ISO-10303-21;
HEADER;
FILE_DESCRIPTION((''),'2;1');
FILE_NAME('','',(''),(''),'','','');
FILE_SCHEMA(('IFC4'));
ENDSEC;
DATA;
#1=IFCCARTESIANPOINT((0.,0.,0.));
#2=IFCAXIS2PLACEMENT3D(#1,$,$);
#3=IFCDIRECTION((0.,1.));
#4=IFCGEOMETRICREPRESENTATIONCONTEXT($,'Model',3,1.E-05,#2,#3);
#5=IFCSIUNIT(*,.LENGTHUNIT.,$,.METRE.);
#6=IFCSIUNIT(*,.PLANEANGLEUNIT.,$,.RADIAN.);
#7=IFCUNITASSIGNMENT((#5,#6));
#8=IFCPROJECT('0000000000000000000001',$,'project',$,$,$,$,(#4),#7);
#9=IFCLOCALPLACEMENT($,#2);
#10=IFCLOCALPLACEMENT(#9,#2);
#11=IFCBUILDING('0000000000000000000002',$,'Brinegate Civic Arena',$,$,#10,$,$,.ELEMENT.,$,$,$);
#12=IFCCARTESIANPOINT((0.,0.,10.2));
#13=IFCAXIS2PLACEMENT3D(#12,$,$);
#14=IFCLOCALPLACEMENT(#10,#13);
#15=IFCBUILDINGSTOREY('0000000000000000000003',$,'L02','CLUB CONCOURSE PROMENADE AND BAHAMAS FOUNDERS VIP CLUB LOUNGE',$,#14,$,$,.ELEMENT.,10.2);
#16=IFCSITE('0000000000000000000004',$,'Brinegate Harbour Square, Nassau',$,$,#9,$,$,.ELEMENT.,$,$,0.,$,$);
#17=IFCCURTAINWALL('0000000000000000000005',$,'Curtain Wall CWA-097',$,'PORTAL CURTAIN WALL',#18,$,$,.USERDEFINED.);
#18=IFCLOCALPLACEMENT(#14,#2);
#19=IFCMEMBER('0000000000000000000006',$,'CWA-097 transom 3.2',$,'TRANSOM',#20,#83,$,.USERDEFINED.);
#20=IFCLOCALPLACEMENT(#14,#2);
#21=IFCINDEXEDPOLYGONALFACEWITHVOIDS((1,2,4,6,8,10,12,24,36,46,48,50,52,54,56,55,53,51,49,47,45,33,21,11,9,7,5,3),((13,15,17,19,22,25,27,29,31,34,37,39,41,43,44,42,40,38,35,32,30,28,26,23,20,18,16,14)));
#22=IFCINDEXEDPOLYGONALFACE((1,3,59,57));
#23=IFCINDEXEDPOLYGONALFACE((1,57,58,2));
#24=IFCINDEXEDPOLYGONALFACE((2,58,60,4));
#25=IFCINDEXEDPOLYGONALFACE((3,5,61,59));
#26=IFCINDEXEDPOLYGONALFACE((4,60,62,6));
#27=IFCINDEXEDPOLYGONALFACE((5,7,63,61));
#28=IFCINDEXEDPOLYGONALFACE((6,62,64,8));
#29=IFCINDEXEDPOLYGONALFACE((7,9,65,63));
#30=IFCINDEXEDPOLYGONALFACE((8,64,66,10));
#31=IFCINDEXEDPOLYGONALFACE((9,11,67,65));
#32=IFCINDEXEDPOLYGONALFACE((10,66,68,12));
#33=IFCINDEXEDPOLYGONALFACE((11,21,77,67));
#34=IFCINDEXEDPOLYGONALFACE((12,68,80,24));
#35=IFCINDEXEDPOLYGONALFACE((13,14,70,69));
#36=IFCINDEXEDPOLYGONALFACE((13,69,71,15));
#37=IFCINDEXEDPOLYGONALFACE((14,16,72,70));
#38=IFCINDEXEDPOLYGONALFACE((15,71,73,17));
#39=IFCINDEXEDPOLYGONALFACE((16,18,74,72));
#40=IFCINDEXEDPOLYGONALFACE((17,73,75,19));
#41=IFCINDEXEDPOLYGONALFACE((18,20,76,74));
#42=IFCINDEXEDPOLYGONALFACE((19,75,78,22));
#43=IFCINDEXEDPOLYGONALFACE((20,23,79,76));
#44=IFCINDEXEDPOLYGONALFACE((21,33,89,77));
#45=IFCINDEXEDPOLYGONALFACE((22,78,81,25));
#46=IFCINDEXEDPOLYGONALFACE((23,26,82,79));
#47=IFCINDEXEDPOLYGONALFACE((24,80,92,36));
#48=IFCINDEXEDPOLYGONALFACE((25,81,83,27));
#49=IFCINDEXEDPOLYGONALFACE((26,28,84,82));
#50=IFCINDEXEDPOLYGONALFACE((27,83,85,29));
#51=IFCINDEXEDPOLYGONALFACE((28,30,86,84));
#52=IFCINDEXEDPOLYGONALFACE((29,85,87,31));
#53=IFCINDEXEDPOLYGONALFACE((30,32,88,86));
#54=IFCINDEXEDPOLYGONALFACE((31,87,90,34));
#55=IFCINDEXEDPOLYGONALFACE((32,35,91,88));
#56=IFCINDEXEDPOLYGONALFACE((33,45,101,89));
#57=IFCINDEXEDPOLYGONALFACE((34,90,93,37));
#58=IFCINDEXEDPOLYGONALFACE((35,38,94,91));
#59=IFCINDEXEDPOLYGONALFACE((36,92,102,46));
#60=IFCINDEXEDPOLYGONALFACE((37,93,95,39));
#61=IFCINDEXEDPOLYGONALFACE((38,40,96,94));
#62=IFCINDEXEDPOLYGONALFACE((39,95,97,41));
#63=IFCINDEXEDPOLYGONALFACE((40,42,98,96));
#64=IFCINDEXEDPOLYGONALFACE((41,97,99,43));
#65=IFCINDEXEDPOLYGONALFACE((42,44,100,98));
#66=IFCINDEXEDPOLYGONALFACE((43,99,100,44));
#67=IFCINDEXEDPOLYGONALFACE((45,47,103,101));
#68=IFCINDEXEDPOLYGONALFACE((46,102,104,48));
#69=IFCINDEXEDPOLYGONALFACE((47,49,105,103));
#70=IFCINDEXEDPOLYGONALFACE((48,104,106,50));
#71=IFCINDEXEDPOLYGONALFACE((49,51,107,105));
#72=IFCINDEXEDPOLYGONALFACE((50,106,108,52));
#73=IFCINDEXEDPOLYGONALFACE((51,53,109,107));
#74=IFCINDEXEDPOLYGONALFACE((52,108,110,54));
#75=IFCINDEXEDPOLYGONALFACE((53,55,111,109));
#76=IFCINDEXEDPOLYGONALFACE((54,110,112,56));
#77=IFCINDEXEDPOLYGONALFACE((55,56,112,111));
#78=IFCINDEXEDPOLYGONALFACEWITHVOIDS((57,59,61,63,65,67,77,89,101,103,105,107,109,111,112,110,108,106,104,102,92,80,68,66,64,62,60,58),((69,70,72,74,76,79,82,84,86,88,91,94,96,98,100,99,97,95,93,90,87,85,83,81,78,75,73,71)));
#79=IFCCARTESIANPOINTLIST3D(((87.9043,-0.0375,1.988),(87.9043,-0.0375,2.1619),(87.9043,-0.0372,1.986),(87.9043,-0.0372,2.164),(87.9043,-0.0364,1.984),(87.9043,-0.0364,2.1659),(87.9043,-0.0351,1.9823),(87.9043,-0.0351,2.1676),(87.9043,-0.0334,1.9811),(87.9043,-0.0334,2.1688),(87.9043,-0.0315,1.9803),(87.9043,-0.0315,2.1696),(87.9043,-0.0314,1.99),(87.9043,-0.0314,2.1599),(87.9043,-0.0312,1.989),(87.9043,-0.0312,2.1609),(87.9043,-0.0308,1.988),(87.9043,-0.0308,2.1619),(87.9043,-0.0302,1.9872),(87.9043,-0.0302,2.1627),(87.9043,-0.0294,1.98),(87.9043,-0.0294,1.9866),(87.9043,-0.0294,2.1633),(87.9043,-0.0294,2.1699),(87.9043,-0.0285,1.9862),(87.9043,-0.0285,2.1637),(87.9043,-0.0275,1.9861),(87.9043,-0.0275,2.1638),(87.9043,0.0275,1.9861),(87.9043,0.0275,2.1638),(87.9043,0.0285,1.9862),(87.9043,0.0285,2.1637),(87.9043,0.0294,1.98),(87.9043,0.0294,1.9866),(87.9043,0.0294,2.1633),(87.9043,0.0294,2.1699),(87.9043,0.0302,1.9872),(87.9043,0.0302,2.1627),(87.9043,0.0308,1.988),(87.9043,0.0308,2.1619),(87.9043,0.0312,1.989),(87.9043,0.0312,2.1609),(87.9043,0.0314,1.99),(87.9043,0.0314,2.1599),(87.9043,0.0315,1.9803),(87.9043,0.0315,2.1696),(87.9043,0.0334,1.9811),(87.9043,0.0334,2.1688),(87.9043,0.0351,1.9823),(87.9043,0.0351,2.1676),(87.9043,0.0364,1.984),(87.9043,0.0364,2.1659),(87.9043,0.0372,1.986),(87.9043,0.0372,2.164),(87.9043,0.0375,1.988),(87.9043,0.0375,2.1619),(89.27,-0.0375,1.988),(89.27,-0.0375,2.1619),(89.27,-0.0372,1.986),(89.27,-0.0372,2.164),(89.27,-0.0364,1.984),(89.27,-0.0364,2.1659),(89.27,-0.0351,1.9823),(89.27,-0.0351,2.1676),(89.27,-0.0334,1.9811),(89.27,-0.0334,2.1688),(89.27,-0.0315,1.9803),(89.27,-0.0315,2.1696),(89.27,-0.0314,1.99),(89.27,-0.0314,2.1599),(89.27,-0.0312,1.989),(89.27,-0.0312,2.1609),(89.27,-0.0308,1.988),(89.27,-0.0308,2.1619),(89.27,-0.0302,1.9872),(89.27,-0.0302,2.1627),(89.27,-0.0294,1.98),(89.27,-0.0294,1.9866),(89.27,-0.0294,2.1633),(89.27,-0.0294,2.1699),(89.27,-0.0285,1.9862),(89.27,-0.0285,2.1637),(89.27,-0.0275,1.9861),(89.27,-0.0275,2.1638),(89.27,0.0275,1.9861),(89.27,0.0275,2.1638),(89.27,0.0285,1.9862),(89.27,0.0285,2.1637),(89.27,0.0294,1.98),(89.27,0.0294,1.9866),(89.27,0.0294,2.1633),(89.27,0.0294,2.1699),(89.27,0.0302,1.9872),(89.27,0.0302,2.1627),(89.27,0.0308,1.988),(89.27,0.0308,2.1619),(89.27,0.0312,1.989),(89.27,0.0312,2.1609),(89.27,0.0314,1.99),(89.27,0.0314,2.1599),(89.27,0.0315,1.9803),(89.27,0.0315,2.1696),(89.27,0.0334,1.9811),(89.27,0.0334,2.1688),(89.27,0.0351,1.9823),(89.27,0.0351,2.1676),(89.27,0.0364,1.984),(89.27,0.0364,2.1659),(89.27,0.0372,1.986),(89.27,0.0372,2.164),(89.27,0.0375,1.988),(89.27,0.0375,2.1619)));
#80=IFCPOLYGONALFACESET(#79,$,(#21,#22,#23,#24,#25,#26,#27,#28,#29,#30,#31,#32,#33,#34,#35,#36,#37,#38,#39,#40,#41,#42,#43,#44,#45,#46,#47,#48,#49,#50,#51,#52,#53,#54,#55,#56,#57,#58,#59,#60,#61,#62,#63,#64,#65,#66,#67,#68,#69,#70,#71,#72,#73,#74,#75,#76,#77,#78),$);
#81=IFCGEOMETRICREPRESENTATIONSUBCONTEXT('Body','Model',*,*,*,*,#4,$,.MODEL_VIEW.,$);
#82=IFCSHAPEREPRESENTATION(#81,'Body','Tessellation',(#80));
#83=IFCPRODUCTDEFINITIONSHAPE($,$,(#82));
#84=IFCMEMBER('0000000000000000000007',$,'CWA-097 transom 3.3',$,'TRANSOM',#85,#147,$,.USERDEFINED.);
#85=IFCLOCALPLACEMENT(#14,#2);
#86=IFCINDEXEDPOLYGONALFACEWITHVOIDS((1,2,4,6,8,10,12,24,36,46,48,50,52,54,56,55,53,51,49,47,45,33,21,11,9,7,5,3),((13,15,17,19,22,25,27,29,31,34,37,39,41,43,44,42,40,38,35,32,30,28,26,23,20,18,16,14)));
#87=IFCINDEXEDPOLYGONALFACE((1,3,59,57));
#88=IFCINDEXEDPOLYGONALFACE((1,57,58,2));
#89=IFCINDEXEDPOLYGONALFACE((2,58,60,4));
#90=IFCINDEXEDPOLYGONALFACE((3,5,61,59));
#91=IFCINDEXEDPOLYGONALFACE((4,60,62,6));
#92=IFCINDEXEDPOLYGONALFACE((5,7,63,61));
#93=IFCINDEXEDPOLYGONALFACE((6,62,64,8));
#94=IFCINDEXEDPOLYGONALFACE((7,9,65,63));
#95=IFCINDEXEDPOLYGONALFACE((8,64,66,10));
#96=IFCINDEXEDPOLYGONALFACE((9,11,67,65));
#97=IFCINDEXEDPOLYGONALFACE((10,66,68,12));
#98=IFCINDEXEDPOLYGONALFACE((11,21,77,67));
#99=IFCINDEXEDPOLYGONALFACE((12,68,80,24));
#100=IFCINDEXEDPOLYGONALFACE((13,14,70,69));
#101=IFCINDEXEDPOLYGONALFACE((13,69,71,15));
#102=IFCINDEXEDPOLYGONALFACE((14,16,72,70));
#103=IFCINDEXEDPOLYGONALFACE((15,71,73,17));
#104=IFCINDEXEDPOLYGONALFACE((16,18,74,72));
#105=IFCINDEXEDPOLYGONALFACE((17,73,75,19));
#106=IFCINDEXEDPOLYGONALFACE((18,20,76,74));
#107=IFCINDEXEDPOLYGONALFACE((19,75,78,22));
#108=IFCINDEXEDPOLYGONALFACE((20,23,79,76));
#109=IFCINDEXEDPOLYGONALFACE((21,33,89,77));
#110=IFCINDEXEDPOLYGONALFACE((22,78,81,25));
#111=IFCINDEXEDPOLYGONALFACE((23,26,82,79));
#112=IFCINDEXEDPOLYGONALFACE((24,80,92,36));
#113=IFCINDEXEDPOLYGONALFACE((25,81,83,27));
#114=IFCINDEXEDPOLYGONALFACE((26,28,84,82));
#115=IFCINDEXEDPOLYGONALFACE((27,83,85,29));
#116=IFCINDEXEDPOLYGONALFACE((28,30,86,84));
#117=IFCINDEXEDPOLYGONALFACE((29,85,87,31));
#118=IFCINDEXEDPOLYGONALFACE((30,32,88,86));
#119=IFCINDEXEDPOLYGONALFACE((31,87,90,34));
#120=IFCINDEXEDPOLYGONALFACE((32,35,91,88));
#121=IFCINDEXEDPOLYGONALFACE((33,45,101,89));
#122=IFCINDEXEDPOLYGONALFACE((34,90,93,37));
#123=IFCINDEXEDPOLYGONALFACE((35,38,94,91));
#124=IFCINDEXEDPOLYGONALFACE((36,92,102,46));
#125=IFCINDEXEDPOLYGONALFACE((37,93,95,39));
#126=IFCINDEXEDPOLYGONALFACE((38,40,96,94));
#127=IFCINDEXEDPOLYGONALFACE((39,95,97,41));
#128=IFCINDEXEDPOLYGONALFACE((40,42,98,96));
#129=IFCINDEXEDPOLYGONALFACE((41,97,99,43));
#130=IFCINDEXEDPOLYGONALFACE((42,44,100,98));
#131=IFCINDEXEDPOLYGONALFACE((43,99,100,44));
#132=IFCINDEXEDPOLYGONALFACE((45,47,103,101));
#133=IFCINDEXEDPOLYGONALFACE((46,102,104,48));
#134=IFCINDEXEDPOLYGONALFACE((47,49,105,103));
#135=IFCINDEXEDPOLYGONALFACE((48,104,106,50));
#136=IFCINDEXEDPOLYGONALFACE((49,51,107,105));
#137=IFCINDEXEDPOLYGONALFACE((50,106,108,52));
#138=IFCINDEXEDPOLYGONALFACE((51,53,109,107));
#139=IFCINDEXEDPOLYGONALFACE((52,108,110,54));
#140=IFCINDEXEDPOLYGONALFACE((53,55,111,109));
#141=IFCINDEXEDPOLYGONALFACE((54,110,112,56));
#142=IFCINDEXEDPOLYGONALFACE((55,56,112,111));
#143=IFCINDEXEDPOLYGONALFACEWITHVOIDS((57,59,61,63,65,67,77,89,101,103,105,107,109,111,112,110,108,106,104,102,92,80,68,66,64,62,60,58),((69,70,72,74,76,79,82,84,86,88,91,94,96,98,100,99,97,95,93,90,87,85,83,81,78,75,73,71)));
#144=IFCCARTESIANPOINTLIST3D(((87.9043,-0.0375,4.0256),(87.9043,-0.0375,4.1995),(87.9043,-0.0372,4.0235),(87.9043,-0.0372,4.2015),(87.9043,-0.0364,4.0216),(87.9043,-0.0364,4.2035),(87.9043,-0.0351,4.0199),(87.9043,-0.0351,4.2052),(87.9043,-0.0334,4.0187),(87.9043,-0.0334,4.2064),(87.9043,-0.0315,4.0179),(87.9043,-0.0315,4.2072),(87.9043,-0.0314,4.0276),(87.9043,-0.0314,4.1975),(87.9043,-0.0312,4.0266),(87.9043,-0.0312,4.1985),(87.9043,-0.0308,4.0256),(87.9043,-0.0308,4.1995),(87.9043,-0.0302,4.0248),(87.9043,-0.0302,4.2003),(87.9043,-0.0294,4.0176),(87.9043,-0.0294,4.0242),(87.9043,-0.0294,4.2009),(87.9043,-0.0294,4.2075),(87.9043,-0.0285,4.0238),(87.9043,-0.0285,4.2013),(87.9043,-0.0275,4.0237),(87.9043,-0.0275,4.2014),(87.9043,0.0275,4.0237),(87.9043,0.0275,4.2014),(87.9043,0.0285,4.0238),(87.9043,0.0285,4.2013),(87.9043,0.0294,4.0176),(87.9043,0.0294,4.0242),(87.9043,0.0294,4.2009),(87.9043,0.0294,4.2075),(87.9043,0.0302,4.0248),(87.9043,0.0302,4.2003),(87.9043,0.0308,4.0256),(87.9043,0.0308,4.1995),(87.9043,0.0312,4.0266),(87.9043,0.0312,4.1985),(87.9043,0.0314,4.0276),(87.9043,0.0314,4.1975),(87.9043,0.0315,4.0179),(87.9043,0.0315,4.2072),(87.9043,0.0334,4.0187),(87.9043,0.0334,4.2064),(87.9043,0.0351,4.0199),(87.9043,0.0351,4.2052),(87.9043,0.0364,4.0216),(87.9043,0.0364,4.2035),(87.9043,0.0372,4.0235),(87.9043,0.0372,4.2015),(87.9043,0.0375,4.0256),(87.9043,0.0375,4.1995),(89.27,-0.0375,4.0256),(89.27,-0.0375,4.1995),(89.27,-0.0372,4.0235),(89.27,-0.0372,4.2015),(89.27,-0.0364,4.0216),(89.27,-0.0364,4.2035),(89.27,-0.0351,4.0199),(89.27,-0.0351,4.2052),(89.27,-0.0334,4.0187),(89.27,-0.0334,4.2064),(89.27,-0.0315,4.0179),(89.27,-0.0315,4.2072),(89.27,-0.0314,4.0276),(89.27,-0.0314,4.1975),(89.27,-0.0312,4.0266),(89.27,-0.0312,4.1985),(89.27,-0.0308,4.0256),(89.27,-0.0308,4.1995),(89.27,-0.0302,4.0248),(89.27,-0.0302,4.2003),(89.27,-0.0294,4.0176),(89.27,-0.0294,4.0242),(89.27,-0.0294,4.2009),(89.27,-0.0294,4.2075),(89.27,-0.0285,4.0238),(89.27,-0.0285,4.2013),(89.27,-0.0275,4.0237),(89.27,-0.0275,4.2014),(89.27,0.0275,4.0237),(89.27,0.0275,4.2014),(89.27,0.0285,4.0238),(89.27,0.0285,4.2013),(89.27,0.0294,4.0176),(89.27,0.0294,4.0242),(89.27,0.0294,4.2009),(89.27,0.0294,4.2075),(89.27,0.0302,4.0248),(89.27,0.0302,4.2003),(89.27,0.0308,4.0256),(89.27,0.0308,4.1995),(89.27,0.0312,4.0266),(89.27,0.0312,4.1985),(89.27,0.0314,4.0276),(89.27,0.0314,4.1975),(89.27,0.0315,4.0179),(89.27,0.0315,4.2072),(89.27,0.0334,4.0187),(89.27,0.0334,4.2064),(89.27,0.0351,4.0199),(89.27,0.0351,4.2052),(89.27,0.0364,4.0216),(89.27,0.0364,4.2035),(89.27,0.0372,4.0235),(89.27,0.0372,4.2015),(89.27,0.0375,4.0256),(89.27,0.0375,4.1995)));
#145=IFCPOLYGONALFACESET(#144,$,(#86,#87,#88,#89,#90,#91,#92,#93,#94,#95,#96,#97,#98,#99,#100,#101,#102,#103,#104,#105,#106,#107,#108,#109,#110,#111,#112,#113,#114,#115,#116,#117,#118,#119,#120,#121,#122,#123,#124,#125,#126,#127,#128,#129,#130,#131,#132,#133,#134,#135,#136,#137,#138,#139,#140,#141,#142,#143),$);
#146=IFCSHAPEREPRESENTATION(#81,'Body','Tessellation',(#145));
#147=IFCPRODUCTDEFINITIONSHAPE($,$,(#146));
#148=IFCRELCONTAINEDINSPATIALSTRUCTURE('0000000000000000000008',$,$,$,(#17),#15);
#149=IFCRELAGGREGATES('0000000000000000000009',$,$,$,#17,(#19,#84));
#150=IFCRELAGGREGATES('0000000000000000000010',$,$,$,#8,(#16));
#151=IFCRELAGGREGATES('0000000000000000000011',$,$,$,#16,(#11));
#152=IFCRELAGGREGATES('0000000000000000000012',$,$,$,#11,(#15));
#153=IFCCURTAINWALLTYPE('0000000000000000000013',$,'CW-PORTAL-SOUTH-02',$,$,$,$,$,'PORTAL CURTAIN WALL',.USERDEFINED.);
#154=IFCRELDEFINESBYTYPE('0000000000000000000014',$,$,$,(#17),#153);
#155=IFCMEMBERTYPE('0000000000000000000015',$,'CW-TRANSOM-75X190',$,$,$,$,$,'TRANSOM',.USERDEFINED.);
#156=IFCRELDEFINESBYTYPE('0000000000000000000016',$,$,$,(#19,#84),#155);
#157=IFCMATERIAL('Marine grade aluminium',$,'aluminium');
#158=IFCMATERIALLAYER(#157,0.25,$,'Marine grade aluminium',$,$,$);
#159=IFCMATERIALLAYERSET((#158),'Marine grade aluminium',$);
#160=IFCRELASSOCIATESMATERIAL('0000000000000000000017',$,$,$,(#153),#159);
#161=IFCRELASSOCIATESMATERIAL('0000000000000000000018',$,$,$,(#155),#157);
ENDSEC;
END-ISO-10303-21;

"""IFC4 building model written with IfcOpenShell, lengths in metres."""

from ifc_helpers import new_model, si_unit, direction, frame, origin, origin_2d, place, context, subcontext, project, spatial, hollow_rectangle, extrude, material, layer, layer_set, material_profile, profile_set, type_object, element, aggregate, save


model = new_model("IFC4")

# Units and contexts
model_context = context("Model", 3, precision=1e-05, world=origin(), true_north=direction((0.0, 1.0)))
body_context = subcontext(model_context, "Body", "Model", "MODEL_VIEW")
ifc_project = project(units=[si_unit("LENGTHUNIT", "METRE"), si_unit("PLANEANGLEUNIT", "RADIAN")], contexts=[model_context])

# Site, building, storey
site_placement = place(None, origin())
site = spatial("IfcSite", under=ifc_project, at=site_placement, Name="Brinegate Harbour Square, Nassau", CompositionType="ELEMENT", RefElevation=0.0)
building_placement = place(site_placement, origin())
building = spatial("IfcBuilding", under=site, at=building_placement, Name="Brinegate Civic Arena", CompositionType="ELEMENT")
storey_placement = place(building_placement, frame((0.0, 0.0, 10.2)))
storey = spatial("IfcBuildingStorey", under=building, at=storey_placement, Name="L02", Description="CLUB CONCOURSE PROMENADE AND BAHAMAS FOUNDERS VIP CLUB LOUNGE", CompositionType="ELEMENT", Elevation=10.2)

# Curtain wall, members
ifc_material_1 = material(Name="Marine grade aluminium", Category="aluminium")
ifc_layer_1 = layer(ifc_material_1, 0.25, Name="Marine grade aluminium")
ifc_layer_set_1 = layer_set([ifc_layer_1], Name="Marine grade aluminium")
curtain_wall_type = type_object("IfcCurtainWallType", Name="CW-PORTAL-SOUTH-02", ElementType="PORTAL CURTAIN WALL", PredefinedType="USERDEFINED", material=ifc_layer_set_1)
curtain_wall_placement = place(storey_placement, origin())
curtain_wall = element("IfcCurtainWall", 1, at=curtain_wall_placement, inside=storey, type_object=curtain_wall_type, Name="Curtain Wall CWA-097", ObjectType="PORTAL CURTAIN WALL", PredefinedType="USERDEFINED")
ifc_material_profile_1 = material_profile(ifc_material_1, hollow_rectangle(XDim=0.075, YDim=0.1899, WallThickness=0.0061, InnerFilletRadius=0.0039, OuterFilletRadius=0.0081, at=origin_2d()), Name="TRN75X190")
ifc_profile_set_1 = profile_set([ifc_material_profile_1], Name="Marine grade aluminium")
member_type_1 = type_object("IfcMemberType", Name="CW-TRANSOM-75X190", ElementType="TRANSOM", PredefinedType="USERDEFINED", material=ifc_profile_set_1)
member_1_placement = place(storey_placement, frame((87.9043, 0.0, 2.075), z_axis=(1.0, 0.0, 0.0), x_axis=(0.0, 1.0, 0.0)))
member_1 = element("IfcMember", 2, at=member_1_placement, type_object=member_type_1, Name="CWA-097 transom 3.2", ObjectType="TRANSOM", PredefinedType="USERDEFINED", context=body_context, shape_type="SweptSolid", body=[
    extrude(hollow_rectangle(XDim=0.075, YDim=0.1899, WallThickness=0.0061, InnerFilletRadius=0.0039, OuterFilletRadius=0.0081, at=origin_2d()), origin(), (0.0, 0.0, 1.0), 1.3657),
])
member_2_placement = place(storey_placement, frame((87.9043, 0.0, 4.1125), z_axis=(1.0, 0.0, 0.0), x_axis=(0.0, 1.0, 0.0)))
member_2 = element("IfcMember", 3, at=member_2_placement, type_object=member_type_1, Name="CWA-097 transom 3.3", ObjectType="TRANSOM", PredefinedType="USERDEFINED", context=body_context, shape_type="SweptSolid", body=[
    extrude(hollow_rectangle(XDim=0.075, YDim=0.1899, WallThickness=0.0061, InnerFilletRadius=0.0039, OuterFilletRadius=0.0081, at=origin_2d()), origin(), (0.0, 0.0, 1.0), 1.3657),
])
aggregate(curtain_wall, [member_1, member_2])

save(model, "model.ifc")
